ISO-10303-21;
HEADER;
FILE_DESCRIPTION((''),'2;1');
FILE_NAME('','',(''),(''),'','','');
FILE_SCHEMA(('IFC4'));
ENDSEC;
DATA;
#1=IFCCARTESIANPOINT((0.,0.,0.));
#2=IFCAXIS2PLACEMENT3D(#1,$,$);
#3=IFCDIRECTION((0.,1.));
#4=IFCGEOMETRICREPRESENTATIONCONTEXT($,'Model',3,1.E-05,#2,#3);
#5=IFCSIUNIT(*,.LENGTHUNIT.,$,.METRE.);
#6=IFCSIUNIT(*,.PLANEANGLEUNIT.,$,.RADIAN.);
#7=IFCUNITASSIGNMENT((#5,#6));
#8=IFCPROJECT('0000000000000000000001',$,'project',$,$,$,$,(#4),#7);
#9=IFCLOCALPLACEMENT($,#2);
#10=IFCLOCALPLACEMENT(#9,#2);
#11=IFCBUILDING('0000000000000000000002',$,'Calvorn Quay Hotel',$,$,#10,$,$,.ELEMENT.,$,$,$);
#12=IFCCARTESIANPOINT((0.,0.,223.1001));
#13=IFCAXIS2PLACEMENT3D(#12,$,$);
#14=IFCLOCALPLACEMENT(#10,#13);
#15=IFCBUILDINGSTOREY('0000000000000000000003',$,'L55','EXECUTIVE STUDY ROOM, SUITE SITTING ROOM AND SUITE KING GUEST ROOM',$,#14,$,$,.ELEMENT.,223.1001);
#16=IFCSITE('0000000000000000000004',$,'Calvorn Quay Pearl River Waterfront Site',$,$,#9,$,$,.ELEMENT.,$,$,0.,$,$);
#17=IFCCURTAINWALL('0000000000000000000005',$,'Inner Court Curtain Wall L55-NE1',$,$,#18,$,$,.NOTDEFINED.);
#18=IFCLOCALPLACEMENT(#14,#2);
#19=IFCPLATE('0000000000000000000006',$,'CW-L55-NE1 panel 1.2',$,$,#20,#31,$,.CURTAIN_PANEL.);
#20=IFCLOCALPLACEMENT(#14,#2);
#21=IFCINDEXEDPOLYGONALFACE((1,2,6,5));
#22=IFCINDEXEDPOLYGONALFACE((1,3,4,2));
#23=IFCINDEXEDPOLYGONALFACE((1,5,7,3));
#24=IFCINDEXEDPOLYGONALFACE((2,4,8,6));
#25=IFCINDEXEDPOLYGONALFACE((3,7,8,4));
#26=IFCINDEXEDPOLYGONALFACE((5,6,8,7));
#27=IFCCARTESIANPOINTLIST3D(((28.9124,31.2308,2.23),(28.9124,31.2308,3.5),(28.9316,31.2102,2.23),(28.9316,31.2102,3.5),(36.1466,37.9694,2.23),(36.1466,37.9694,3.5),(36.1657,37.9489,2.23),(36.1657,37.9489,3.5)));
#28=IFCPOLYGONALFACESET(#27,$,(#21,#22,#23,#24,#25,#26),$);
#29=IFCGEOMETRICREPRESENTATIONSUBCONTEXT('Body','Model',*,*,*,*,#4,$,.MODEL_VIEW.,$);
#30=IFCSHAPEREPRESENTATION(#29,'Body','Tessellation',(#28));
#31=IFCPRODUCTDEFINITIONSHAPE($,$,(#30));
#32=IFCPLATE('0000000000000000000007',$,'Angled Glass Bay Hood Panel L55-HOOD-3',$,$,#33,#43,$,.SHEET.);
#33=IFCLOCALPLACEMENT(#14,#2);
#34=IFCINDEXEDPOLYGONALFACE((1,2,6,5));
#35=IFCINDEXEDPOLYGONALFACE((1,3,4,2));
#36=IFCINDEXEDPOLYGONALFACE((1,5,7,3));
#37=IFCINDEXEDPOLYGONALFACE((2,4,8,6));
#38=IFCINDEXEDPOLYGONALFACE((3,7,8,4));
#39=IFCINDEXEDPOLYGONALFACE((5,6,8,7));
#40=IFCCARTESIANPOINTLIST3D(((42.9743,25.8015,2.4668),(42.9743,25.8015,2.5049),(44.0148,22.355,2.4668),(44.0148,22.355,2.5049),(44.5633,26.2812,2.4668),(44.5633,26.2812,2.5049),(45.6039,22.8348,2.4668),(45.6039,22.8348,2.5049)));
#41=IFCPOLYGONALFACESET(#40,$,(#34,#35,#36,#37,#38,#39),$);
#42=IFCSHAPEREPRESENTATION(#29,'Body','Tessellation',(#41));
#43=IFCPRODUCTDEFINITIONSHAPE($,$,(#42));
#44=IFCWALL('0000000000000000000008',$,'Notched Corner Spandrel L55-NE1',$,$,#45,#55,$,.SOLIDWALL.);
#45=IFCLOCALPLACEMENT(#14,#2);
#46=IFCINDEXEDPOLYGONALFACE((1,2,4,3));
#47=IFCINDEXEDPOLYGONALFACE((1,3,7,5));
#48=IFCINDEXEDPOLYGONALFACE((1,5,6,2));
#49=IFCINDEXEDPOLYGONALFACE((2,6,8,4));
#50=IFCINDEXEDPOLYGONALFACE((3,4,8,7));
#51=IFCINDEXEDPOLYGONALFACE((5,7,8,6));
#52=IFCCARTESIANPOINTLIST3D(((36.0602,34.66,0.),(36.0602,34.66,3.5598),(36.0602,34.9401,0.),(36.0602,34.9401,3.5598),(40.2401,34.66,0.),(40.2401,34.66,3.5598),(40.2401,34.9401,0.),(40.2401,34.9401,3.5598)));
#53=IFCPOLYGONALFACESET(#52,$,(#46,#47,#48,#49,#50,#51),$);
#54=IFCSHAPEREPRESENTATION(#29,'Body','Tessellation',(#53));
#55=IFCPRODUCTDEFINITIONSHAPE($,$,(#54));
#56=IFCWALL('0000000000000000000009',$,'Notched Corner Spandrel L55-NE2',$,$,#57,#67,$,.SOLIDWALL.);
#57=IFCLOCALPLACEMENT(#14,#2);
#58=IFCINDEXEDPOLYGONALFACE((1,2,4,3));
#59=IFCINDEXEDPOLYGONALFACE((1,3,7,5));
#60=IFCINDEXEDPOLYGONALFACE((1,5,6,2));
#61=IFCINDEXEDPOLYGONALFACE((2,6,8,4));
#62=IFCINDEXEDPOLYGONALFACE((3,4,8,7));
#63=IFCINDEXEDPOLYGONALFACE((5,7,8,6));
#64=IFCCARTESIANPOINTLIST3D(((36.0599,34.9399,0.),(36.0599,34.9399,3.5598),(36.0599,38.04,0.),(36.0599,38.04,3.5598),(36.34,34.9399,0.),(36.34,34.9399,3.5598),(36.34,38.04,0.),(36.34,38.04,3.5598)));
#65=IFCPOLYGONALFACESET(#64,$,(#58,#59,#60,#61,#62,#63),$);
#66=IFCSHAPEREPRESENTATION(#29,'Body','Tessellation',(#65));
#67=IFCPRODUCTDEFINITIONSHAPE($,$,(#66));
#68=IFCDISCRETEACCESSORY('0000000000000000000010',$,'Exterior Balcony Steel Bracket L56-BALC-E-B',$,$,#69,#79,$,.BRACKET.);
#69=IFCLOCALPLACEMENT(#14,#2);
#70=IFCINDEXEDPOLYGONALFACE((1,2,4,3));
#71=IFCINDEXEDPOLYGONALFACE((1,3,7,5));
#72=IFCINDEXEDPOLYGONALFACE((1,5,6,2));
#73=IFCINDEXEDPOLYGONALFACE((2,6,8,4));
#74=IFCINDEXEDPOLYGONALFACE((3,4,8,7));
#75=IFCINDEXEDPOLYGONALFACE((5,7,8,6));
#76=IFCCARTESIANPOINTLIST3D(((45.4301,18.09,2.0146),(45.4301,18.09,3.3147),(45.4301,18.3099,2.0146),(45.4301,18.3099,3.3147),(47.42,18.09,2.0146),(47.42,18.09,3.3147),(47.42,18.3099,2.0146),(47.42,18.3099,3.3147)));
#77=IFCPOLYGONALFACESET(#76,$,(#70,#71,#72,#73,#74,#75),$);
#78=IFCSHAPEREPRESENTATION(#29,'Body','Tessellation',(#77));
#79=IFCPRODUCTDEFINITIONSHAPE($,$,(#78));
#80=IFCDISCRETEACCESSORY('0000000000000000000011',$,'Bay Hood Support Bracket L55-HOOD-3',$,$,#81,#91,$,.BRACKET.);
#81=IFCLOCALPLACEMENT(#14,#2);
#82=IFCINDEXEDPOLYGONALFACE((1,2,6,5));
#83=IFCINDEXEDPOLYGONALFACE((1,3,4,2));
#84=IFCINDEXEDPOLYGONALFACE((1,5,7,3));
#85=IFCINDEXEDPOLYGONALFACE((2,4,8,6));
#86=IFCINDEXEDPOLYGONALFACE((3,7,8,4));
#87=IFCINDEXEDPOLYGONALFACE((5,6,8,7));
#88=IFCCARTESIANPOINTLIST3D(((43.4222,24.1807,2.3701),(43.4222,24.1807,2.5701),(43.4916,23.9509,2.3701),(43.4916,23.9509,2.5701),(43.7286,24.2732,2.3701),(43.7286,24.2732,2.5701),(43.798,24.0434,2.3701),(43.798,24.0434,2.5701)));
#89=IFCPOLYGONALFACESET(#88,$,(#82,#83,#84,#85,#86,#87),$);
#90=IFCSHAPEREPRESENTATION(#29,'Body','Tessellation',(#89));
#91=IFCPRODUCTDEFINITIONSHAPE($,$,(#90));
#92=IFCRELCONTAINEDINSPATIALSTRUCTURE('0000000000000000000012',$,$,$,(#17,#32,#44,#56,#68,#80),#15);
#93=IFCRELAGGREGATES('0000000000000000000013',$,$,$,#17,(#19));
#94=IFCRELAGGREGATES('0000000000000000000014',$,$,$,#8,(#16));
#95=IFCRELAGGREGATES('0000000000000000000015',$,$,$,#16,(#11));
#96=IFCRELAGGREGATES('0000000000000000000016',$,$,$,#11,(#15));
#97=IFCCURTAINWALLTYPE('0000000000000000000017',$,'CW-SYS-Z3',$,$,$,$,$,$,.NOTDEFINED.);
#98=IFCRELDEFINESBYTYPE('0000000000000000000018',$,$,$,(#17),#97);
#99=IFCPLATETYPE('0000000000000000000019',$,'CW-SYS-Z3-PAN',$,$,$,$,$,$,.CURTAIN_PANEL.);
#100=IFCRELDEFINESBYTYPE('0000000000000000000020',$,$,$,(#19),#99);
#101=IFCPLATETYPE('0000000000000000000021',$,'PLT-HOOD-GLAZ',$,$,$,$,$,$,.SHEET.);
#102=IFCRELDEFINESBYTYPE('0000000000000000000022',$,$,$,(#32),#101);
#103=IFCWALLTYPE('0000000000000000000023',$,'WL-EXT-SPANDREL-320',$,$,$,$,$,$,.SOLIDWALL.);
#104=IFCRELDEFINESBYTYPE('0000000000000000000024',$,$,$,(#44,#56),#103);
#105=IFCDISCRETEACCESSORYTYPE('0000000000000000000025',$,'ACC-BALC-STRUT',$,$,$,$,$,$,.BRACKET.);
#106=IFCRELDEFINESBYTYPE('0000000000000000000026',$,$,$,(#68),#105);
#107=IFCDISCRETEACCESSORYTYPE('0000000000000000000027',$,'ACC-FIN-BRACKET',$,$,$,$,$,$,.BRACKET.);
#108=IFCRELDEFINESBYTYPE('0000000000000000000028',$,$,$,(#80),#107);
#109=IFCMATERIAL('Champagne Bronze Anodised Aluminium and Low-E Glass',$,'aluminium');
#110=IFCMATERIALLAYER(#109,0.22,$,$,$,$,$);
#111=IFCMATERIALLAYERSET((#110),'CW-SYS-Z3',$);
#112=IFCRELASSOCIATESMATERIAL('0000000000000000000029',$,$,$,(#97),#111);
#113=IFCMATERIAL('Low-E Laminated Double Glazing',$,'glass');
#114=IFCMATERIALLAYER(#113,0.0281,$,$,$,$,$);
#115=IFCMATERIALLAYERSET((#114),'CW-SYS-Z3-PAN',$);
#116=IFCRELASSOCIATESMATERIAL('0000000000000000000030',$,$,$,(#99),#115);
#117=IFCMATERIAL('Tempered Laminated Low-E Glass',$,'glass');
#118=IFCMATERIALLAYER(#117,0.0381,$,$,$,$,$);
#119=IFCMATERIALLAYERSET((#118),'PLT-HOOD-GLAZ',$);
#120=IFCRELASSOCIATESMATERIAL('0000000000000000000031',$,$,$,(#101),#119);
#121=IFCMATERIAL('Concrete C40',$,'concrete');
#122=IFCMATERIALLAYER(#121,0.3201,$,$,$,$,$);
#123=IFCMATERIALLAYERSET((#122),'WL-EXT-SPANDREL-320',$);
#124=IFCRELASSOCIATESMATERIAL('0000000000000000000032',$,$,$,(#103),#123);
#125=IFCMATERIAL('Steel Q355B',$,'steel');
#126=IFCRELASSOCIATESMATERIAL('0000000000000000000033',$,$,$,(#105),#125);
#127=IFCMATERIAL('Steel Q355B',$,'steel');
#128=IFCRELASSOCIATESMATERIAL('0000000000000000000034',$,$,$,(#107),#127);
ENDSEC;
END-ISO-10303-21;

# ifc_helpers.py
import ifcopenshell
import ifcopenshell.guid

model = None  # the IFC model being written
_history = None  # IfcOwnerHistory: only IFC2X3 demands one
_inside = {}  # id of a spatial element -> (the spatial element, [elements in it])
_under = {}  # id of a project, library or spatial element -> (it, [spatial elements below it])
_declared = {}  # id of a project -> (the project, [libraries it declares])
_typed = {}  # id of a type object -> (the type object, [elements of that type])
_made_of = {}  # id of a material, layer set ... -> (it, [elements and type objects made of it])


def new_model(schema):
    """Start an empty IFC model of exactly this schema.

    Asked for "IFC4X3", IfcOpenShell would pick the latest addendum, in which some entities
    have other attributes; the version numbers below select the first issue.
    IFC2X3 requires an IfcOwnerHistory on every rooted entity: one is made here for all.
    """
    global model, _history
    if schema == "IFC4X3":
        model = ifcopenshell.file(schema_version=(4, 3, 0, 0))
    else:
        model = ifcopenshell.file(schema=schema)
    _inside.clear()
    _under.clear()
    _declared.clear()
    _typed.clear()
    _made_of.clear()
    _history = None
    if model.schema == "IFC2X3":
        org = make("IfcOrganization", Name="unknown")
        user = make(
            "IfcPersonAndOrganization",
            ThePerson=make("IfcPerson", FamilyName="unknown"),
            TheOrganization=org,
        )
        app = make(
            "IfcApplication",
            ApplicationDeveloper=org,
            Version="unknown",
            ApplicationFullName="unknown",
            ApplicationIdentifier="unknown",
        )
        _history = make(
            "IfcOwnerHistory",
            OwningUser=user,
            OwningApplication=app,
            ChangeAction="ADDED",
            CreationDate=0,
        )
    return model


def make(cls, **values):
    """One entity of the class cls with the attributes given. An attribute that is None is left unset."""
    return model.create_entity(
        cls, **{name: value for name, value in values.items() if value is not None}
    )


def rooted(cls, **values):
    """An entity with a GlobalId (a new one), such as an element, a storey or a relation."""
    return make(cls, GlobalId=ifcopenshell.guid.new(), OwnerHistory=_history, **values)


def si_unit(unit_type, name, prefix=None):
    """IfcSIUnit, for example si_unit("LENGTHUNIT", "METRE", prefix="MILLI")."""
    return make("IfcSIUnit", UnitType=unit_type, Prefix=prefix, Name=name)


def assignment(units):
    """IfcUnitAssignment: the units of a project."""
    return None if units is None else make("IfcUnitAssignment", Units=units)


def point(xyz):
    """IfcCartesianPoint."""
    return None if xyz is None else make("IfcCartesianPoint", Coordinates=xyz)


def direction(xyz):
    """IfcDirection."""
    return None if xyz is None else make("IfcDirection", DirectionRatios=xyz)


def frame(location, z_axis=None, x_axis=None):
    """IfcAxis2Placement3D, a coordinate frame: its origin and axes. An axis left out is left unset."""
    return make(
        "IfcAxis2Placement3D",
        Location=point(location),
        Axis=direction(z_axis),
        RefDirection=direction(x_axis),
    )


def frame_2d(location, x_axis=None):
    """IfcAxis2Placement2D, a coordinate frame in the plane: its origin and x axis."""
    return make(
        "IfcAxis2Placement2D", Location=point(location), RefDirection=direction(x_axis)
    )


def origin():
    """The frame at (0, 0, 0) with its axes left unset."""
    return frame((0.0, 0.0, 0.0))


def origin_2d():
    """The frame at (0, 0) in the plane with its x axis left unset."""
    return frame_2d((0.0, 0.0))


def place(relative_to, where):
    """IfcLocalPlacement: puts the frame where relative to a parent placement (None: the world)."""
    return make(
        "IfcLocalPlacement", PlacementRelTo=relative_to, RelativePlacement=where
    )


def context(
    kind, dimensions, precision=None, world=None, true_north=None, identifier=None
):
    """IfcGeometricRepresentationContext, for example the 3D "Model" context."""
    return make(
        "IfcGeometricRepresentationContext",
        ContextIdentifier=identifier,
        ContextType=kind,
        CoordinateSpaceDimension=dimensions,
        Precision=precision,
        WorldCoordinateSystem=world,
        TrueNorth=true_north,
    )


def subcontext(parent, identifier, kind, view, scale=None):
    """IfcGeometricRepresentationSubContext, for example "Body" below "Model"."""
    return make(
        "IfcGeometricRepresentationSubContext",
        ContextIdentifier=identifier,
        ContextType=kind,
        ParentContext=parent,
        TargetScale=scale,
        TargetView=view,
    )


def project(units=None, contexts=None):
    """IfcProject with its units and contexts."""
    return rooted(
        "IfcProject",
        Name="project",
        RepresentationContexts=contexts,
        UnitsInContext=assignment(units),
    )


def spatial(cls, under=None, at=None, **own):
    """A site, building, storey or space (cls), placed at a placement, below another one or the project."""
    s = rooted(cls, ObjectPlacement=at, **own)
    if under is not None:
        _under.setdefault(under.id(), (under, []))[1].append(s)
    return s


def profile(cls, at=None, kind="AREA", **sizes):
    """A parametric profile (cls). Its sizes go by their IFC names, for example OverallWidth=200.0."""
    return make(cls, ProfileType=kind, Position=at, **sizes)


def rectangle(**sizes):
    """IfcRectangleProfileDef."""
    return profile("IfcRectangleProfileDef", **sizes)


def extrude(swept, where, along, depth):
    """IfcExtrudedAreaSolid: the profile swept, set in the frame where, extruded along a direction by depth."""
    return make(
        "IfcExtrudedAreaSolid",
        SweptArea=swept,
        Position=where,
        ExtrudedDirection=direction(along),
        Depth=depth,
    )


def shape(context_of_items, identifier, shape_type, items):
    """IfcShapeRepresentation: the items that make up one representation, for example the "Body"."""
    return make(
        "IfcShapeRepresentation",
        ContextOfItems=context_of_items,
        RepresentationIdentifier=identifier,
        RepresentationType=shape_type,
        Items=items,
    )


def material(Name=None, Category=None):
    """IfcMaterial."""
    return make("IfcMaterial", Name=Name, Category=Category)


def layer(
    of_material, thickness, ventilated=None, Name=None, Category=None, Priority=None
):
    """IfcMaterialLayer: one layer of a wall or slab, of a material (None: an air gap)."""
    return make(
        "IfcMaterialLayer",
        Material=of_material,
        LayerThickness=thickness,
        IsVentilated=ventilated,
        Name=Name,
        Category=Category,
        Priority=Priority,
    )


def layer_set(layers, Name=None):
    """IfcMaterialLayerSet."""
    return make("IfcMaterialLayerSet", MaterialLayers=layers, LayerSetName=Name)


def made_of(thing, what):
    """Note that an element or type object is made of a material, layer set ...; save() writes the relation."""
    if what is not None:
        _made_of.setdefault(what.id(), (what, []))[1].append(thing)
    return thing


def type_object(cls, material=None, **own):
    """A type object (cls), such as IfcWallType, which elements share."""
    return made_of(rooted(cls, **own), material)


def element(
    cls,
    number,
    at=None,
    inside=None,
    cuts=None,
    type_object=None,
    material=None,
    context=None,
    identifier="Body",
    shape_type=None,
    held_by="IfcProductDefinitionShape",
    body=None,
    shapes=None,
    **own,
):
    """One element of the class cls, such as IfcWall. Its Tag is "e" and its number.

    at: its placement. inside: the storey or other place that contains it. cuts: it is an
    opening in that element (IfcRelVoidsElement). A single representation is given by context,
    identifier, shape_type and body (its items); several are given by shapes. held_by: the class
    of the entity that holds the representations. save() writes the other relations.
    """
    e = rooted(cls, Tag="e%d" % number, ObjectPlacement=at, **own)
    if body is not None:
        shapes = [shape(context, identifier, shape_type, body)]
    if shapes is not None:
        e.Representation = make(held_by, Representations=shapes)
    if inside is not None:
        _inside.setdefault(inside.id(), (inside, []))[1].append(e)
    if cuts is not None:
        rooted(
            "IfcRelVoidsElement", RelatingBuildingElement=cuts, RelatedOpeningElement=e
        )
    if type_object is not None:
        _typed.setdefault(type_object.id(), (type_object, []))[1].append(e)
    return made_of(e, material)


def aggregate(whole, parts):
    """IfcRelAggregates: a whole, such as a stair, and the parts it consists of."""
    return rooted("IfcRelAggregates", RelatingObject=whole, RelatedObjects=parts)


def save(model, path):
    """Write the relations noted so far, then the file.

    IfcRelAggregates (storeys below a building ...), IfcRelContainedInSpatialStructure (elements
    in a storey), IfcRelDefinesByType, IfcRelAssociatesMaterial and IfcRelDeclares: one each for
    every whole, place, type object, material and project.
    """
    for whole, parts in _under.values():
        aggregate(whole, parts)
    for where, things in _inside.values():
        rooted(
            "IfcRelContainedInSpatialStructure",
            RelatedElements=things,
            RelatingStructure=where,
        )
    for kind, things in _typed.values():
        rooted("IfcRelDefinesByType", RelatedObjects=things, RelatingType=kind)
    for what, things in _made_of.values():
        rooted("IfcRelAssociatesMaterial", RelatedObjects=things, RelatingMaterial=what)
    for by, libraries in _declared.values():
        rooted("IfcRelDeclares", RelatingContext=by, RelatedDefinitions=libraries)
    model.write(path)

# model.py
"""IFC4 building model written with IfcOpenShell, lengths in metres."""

from ifc_helpers import new_model, si_unit, direction, frame, frame_2d, origin, origin_2d, place, context, subcontext, project, spatial, rectangle, extrude, material, layer, layer_set, type_object, element, aggregate, save


model = new_model("IFC4")

# Units and contexts
model_context = context("Model", 3, precision=1e-05, world=origin(), true_north=direction((0.0, 1.0)))
body_context = subcontext(model_context, "Body", "Model", "MODEL_VIEW")
ifc_project = project(units=[si_unit("LENGTHUNIT", "METRE"), si_unit("PLANEANGLEUNIT", "RADIAN")], contexts=[model_context])

# Site, building, storey
site_placement = place(None, origin())
site = spatial("IfcSite", under=ifc_project, at=site_placement, Name="Calvorn Quay Pearl River Waterfront Site", CompositionType="ELEMENT", RefElevation=0.0)
building_placement = place(site_placement, origin())
building = spatial("IfcBuilding", under=site, at=building_placement, Name="Calvorn Quay Hotel", CompositionType="ELEMENT")
storey_placement = place(building_placement, frame((0.0, 0.0, 223.1001)))
storey = spatial("IfcBuildingStorey", under=building, at=storey_placement, Name="L55", Description="EXECUTIVE STUDY ROOM, SUITE SITTING ROOM AND SUITE KING GUEST ROOM", CompositionType="ELEMENT", Elevation=223.1001)

# Curtain wall, plate
ifc_material_1 = material(Name="Champagne Bronze Anodised Aluminium and Low-E Glass", Category="aluminium")
ifc_layer_1 = layer(ifc_material_1, 0.22)
ifc_layer_set_1 = layer_set([ifc_layer_1], Name="CW-SYS-Z3")
curtain_wall_type = type_object("IfcCurtainWallType", Name="CW-SYS-Z3", PredefinedType="NOTDEFINED", material=ifc_layer_set_1)
curtain_wall_placement = place(storey_placement, origin())
curtain_wall = element("IfcCurtainWall", 1, at=curtain_wall_placement, inside=storey, type_object=curtain_wall_type, Name="Inner Court Curtain Wall L55-NE1", PredefinedType="NOTDEFINED")
ifc_material_2 = material(Name="Low-E Laminated Double Glazing", Category="glass")
ifc_layer_2 = layer(ifc_material_2, 0.0281)
ifc_layer_set_2 = layer_set([ifc_layer_2], Name="CW-SYS-Z3-PAN")
plate_type_1 = type_object("IfcPlateType", Name="CW-SYS-Z3-PAN", PredefinedType="CURTAIN_PANEL", material=ifc_layer_set_2)
plate_1_placement = place(storey_placement, frame((32.5391, 34.5898, 2.23), z_axis=(0.0, 0.0, 1.0), x_axis=(-0.731722, -0.681604, 0.0)))
plate_1 = element("IfcPlate", 2, at=plate_1_placement, type_object=plate_type_1, Name="CW-L55-NE1 panel 1.2", PredefinedType="CURTAIN_PANEL", context=body_context, shape_type="SweptSolid", body=[
    extrude(rectangle(XDim=9.8865, YDim=0.0281, at=origin_2d()), origin(), (0.0, 0.0, 1.0), 1.27),
])
aggregate(curtain_wall, [plate_1])

# Plate
ifc_material_3 = material(Name="Tempered Laminated Low-E Glass", Category="glass")
ifc_layer_3 = layer(ifc_material_3, 0.0381)
ifc_layer_set_3 = layer_set([ifc_layer_3], Name="PLT-HOOD-GLAZ")
plate_type_2 = type_object("IfcPlateType", Name="PLT-HOOD-GLAZ", PredefinedType="SHEET", material=ifc_layer_set_3)
plate_2_placement = place(storey_placement, frame((44.2891, 24.3181, 2.4668), z_axis=(0.0, 0.0, 1.0), x_axis=(0.957319, 0.289032, 0.0)))
element("IfcPlate", 3, at=plate_2_placement, inside=storey, type_object=plate_type_2, Name="Angled Glass Bay Hood Panel L55-HOOD-3", PredefinedType="SHEET", context=body_context, shape_type="SweptSolid", body=[
    extrude(rectangle(XDim=1.6599, YDim=3.6001, at=origin_2d()), origin(), (0.0, 0.0, 1.0), 0.0381),
])

# Walls
ifc_material_4 = material(Name="Concrete C40", Category="concrete")
ifc_layer_4 = layer(ifc_material_4, 0.3201)
ifc_layer_set_4 = layer_set([ifc_layer_4], Name="WL-EXT-SPANDREL-320")
wall_type = type_object("IfcWallType", Name="WL-EXT-SPANDREL-320", PredefinedType="SOLIDWALL", material=ifc_layer_set_4)
wall_1_placement = place(storey_placement, frame((40.24, 34.8, 0.0), z_axis=(0.0, 0.0, 1.0), x_axis=(-1.0, 0.0, 0.0)))
element("IfcWall", 4, at=wall_1_placement, inside=storey, type_object=wall_type, Name="Notched Corner Spandrel L55-NE1", PredefinedType="SOLIDWALL", context=body_context, shape_type="SweptSolid", body=[
    extrude(rectangle(XDim=4.1799, YDim=0.28, at=frame_2d((2.0898, 0.0))), origin(), (0.0, 0.0, 1.0), 3.5598),
])
wall_2_placement = place(storey_placement, frame((36.2, 34.9399, 0.0), z_axis=(0.0, 0.0, 1.0), x_axis=(0.0, 1.0, 0.0)))
element("IfcWall", 5, at=wall_2_placement, inside=storey, type_object=wall_type, Name="Notched Corner Spandrel L55-NE2", PredefinedType="SOLIDWALL", context=body_context, shape_type="SweptSolid", body=[
    extrude(rectangle(XDim=3.1001, YDim=0.28, at=frame_2d((1.55, 0.0))), origin(), (0.0, 0.0, 1.0), 3.5598),
])

# Discrete accessories
ifc_material_5 = material(Name="Steel Q355B", Category="steel")
discrete_accessory_type_1 = type_object("IfcDiscreteAccessoryType", Name="ACC-BALC-STRUT", PredefinedType="BRACKET", material=ifc_material_5)
discrete_accessory_1_placement = place(storey_placement, frame((46.425, 18.2, 2.0146), z_axis=(0.0, 0.0, 1.0), x_axis=(1.0, 0.0, 0.0)))
element("IfcDiscreteAccessory", 6, at=discrete_accessory_1_placement, inside=storey, type_object=discrete_accessory_type_1, Name="Exterior Balcony Steel Bracket L56-BALC-E-B", PredefinedType="BRACKET", context=body_context, shape_type="SweptSolid", body=[
    extrude(rectangle(XDim=1.99, YDim=0.22, at=origin_2d()), origin(), (0.0, 0.0, 1.0), 1.3),
])
ifc_material_6 = material(Name="Steel Q355B", Category="steel")
discrete_accessory_type_2 = type_object("IfcDiscreteAccessoryType", Name="ACC-FIN-BRACKET", PredefinedType="BRACKET", material=ifc_material_6)
discrete_accessory_2_placement = place(storey_placement, frame((43.6101, 24.1121, 2.3701), z_axis=(0.0, 0.0, 1.0), x_axis=(0.957319, 0.289032, 0.0)))
element("IfcDiscreteAccessory", 7, at=discrete_accessory_2_placement, inside=storey, type_object=discrete_accessory_type_2, Name="Bay Hood Support Bracket L55-HOOD-3", PredefinedType="BRACKET", context=body_context, shape_type="SweptSolid", body=[
    extrude(rectangle(XDim=0.3201, YDim=0.24, at=origin_2d()), origin(), (0.0, 0.0, 1.0), 0.2),
])

save(model, "model.ifc")
